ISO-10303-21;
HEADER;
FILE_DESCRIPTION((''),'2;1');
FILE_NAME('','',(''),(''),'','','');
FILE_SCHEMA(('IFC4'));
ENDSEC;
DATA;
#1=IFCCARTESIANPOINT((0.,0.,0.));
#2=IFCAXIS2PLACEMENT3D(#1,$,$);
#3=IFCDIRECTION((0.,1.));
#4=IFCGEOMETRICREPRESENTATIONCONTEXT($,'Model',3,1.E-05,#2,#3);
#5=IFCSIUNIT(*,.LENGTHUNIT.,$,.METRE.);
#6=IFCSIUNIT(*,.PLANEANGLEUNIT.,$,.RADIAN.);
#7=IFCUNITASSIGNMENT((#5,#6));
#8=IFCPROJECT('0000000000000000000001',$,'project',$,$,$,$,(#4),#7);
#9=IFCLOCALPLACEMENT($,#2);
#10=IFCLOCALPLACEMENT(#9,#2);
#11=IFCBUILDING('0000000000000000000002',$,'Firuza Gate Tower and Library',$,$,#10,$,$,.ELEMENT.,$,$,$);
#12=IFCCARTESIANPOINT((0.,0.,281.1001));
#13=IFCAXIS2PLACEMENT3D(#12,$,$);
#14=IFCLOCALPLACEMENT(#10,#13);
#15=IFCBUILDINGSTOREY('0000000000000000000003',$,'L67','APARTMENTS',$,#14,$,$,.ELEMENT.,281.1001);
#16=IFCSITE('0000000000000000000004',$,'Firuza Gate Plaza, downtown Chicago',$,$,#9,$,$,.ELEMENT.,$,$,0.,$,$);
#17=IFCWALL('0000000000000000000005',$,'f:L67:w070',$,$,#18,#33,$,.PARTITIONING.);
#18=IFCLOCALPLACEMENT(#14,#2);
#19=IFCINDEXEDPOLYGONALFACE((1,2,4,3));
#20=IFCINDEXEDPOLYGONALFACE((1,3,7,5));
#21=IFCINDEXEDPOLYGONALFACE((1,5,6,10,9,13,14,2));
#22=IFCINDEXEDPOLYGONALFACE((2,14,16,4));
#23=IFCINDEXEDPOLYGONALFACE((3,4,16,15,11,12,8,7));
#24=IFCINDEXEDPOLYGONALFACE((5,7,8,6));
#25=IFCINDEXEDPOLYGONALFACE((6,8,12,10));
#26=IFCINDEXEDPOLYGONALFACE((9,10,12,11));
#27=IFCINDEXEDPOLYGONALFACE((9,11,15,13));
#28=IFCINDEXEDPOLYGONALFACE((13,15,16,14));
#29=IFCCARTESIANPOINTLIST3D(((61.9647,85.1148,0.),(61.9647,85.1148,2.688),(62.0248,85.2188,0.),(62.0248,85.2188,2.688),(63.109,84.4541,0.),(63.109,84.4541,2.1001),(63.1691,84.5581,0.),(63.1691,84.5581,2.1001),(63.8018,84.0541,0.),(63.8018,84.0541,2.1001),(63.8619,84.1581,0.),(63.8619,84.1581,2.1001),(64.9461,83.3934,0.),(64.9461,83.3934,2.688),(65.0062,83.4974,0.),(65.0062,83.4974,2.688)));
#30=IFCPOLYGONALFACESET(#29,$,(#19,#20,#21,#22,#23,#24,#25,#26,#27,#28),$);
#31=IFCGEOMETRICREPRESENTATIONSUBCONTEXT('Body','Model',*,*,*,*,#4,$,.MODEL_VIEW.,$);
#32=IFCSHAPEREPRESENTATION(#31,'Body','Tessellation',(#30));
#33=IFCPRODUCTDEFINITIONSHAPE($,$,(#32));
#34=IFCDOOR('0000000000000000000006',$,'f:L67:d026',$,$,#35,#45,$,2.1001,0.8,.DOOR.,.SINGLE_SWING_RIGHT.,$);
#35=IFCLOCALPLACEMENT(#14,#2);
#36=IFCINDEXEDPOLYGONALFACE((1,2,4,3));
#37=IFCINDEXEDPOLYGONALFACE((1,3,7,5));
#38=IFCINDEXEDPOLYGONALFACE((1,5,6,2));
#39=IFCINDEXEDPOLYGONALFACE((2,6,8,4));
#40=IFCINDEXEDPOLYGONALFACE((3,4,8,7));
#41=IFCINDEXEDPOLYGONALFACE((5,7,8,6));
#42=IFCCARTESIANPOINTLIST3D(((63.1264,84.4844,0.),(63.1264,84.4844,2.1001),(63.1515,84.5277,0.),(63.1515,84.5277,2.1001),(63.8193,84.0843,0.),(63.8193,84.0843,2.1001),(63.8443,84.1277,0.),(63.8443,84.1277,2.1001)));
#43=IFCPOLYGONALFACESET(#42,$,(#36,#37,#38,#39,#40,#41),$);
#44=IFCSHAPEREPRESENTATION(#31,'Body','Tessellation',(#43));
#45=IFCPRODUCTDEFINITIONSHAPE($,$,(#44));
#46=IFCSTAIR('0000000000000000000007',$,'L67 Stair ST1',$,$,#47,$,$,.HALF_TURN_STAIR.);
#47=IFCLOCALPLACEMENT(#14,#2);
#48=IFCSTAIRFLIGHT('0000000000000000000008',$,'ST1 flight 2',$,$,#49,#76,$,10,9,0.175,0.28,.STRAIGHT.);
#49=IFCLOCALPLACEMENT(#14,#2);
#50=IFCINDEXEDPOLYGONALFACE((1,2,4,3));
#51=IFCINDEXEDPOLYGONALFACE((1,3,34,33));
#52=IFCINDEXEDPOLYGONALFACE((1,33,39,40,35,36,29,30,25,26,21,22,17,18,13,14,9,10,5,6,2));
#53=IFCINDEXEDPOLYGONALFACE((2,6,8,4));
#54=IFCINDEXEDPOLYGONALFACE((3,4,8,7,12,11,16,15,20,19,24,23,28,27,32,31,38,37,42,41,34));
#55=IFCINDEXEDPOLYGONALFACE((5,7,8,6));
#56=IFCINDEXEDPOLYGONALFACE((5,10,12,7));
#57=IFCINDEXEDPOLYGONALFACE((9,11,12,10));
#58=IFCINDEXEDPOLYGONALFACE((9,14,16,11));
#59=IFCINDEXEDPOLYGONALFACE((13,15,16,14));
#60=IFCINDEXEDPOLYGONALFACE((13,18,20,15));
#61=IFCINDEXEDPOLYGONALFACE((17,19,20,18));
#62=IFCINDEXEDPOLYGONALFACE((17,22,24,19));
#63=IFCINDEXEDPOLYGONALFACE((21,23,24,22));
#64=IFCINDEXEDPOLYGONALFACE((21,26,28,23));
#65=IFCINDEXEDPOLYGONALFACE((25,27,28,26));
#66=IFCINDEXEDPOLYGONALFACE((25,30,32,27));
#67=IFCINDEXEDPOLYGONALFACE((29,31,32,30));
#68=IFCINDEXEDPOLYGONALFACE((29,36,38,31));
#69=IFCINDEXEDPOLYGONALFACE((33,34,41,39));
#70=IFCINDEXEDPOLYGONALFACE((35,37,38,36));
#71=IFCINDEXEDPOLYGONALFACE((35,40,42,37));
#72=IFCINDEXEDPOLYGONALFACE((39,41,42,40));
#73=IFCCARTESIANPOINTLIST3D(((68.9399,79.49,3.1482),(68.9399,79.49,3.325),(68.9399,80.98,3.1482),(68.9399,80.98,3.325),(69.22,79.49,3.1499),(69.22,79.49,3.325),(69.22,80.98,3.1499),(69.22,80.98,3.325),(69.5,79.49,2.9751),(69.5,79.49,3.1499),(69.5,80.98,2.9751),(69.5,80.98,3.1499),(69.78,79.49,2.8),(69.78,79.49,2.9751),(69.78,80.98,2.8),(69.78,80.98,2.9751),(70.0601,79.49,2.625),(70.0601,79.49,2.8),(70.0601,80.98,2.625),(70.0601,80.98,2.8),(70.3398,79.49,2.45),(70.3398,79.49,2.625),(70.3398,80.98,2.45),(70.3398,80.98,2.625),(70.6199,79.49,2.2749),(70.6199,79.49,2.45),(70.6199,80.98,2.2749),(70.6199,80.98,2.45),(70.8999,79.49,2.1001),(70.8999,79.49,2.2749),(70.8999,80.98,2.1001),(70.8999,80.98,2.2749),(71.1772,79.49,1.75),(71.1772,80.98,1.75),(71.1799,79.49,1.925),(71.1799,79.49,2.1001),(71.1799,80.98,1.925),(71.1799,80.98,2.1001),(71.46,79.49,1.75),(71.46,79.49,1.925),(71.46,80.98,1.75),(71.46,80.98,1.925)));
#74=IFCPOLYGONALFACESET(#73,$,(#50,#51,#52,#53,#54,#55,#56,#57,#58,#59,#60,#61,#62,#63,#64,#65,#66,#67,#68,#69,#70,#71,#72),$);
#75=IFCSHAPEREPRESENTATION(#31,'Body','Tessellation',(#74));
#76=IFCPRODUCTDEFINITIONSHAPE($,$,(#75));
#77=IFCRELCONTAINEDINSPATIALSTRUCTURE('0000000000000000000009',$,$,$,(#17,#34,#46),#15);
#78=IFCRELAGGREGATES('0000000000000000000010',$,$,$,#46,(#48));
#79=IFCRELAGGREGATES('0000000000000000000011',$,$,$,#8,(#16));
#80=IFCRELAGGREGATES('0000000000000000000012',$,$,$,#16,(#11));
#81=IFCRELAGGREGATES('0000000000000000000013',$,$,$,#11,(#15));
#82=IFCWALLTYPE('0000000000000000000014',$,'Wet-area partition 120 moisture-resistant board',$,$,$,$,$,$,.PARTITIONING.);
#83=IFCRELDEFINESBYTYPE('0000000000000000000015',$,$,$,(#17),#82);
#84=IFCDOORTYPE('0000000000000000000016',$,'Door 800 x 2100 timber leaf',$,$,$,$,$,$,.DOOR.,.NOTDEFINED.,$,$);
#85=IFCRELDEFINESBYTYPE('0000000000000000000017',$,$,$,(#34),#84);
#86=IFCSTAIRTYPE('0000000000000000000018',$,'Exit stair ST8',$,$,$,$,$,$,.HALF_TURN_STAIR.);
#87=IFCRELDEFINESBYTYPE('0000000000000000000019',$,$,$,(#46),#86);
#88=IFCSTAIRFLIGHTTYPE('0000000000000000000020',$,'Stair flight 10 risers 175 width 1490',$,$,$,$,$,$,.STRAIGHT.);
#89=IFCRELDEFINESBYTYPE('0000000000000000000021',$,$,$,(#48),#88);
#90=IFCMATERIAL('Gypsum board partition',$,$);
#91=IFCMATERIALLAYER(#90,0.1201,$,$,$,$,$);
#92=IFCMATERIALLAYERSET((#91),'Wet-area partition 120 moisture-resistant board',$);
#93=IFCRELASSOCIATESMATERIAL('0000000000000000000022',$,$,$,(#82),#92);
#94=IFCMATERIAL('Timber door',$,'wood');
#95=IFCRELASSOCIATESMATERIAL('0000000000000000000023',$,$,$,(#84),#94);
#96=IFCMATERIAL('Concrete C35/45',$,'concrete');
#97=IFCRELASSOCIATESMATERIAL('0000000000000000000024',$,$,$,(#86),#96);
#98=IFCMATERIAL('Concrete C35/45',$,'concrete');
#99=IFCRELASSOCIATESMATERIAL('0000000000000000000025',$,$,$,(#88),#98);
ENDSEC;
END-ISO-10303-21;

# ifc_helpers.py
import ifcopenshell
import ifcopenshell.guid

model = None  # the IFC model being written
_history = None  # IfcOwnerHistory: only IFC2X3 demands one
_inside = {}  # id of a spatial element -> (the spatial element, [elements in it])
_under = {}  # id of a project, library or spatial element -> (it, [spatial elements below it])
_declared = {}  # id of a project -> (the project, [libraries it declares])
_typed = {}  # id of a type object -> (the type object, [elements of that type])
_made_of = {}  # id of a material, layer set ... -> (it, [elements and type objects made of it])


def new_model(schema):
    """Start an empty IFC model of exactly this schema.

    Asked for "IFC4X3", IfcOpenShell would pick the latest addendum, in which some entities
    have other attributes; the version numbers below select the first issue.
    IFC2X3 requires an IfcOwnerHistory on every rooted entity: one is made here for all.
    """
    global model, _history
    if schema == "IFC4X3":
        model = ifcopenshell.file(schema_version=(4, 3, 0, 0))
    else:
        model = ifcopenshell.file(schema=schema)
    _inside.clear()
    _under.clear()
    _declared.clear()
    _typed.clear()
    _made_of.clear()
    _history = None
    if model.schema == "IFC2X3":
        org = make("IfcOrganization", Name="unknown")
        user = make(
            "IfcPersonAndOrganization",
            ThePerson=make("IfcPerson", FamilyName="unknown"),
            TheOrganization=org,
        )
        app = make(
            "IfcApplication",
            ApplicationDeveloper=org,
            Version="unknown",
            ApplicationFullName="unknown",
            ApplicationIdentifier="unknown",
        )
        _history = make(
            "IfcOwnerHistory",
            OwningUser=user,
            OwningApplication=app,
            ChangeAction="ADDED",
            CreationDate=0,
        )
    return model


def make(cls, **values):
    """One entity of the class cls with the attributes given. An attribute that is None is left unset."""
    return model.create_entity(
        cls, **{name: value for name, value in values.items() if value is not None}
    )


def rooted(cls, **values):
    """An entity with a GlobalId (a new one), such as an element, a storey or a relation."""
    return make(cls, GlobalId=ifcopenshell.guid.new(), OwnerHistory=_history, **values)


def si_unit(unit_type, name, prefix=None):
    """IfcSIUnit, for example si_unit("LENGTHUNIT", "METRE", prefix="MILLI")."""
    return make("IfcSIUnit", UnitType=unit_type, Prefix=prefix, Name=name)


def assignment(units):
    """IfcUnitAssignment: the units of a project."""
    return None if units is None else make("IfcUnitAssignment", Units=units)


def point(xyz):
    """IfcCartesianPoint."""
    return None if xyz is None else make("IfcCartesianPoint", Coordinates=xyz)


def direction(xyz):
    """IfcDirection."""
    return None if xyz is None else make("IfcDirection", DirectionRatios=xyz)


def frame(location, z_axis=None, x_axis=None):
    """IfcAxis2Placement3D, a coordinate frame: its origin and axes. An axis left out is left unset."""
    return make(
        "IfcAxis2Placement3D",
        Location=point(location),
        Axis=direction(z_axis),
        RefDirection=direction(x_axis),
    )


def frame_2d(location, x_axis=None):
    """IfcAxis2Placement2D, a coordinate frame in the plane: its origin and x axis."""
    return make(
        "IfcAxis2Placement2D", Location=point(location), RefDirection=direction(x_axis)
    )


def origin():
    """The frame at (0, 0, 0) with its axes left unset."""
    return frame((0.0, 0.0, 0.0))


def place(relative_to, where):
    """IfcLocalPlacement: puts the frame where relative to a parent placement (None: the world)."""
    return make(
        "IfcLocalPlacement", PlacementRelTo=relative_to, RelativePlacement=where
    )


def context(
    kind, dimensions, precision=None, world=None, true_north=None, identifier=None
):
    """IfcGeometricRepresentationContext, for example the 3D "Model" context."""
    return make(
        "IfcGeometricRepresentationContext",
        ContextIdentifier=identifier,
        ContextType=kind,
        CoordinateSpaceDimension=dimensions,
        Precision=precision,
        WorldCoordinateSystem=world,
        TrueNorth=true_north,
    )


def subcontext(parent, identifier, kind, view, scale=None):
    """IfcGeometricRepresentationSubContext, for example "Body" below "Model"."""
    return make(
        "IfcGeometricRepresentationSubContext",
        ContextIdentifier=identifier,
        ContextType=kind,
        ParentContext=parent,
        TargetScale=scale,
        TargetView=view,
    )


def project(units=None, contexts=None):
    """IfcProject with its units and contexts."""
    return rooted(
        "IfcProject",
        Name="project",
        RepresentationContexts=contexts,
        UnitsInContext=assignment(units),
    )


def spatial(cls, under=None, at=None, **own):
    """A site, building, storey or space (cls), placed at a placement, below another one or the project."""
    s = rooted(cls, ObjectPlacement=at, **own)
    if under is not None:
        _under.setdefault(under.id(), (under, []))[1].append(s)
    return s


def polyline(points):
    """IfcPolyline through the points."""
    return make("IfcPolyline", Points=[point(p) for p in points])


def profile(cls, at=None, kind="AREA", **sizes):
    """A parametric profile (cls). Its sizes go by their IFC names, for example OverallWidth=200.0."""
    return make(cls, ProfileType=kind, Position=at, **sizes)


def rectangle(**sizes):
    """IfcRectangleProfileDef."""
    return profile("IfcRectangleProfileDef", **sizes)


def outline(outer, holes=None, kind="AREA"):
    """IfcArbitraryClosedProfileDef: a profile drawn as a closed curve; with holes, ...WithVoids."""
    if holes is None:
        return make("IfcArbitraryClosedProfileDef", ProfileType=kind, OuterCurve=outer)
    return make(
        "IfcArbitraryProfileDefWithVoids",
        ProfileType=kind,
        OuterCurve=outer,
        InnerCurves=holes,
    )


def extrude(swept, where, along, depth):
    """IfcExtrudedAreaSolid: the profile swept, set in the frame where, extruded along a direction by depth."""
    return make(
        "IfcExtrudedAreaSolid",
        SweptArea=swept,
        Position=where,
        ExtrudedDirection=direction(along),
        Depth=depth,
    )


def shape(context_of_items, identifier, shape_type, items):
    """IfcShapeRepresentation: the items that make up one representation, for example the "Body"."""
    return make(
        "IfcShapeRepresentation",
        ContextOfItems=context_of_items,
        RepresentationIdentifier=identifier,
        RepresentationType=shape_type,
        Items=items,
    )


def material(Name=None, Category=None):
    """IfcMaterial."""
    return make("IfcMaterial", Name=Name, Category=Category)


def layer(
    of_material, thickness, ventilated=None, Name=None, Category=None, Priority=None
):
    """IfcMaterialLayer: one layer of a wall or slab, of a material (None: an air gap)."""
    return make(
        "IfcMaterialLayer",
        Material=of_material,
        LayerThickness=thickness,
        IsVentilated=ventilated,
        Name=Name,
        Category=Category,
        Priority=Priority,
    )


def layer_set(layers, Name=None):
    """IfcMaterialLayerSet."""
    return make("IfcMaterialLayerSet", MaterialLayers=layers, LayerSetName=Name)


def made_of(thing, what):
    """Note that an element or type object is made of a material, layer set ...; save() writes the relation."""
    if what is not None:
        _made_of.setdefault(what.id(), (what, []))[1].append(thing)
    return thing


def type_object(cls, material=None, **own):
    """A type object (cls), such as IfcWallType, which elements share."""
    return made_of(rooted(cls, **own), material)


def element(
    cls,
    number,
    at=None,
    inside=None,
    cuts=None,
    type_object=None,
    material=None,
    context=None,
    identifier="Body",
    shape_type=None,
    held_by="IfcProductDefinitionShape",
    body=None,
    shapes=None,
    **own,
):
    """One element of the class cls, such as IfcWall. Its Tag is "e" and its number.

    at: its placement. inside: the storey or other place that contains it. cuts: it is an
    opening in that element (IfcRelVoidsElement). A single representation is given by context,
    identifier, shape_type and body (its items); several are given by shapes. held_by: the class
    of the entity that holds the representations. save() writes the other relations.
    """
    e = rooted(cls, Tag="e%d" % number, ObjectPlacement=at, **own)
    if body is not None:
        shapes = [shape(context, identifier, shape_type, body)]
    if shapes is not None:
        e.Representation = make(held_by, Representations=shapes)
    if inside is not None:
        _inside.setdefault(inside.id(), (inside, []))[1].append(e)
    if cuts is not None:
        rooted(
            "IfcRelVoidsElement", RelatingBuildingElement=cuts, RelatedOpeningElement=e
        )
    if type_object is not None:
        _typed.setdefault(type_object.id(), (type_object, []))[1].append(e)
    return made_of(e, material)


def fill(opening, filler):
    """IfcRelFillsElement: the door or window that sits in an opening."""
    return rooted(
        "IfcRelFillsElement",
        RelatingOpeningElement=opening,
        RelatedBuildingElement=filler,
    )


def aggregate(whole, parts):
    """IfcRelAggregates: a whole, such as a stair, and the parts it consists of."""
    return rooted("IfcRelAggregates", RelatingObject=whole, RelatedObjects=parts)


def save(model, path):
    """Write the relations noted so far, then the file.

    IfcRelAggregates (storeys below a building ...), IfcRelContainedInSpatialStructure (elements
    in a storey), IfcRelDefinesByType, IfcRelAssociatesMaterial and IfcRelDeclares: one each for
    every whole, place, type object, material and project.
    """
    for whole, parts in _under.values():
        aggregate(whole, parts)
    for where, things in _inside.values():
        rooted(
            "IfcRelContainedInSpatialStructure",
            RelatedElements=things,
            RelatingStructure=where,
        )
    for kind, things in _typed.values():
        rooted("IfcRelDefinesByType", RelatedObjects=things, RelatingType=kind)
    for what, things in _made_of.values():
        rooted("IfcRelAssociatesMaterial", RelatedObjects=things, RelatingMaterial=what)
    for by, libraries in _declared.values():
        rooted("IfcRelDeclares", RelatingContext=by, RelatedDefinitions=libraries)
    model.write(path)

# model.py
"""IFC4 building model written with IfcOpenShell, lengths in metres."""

from ifc_helpers import new_model, si_unit, direction, frame, frame_2d, origin, place, context, subcontext, project, spatial, polyline, rectangle, outline, extrude, material, layer, layer_set, type_object, element, fill, aggregate, save


model = new_model("IFC4")

# Units and contexts
model_context = context("Model", 3, precision=1e-05, world=origin(), true_north=direction((0.0, 1.0)))
body_context = subcontext(model_context, "Body", "Model", "MODEL_VIEW")
ifc_project = project(units=[si_unit("LENGTHUNIT", "METRE"), si_unit("PLANEANGLEUNIT", "RADIAN")], contexts=[model_context])

# Site, building, storey
site_placement = place(None, origin())
site = spatial("IfcSite", under=ifc_project, at=site_placement, Name="Firuza Gate Plaza, downtown Chicago", CompositionType="ELEMENT", RefElevation=0.0)
building_placement = place(site_placement, origin())
building = spatial("IfcBuilding", under=site, at=building_placement, Name="Firuza Gate Tower and Library", CompositionType="ELEMENT")
storey_placement = place(building_placement, frame((0.0, 0.0, 281.1001)))
storey = spatial("IfcBuildingStorey", under=building, at=storey_placement, Name="L67", Description="APARTMENTS", CompositionType="ELEMENT", Elevation=281.1001)

# Shared definitions
placement = place(storey_placement, origin())

# Shared definitions
ifc_material_1 = material(Name="Gypsum board partition")
ifc_layer_1 = layer(ifc_material_1, 0.1201)
ifc_layer_set_1 = layer_set([ifc_layer_1], Name="Wet-area partition 120 moisture-resistant board")
wall_type_1 = type_object("IfcWallType", Name="Wet-area partition 120 moisture-resistant board", PredefinedType="PARTITIONING", material=ifc_layer_set_1)

# Wall, opening, door
wall_1_placement = place(storey_placement, frame((61.9949, 85.1667, 0.0), z_axis=(0.0, 0.0, 1.0), x_axis=(0.866013, -0.500021, 0.0)))
wall_1 = element("IfcWall", 1, at=wall_1_placement, inside=storey, type_object=wall_type_1, Name="f:L67:w070", PredefinedType="PARTITIONING", context=body_context, shape_type="SweptSolid", body=[
    extrude(rectangle(XDim=3.4426, YDim=0.1201, at=frame_2d((1.7212, 0.0))), origin(), (0.0, 0.0, 1.0), 2.688),
])
opening_1_placement = place(wall_1_placement, frame((1.3213, 0.0, 0.0)))
opening_1 = element("IfcOpeningElement", 2, at=opening_1_placement, cuts=wall_1, PredefinedType="OPENING", context=body_context, shape_type="SweptSolid", body=[
    extrude(rectangle(XDim=0.8, YDim=2.1001, at=frame_2d((0.3999, 1.05))), frame((0.0, 0.0701, 0.0), z_axis=(0.0, -1.0, 0.0), x_axis=(1.0, 0.0, 0.0)), (0.0, 0.0, 1.0), 0.1401),
])
ifc_material_2 = material(Name="Timber door", Category="wood")
door_type_1 = type_object("IfcDoorType", Name="Door 800 x 2100 timber leaf", OperationType="NOTDEFINED", PredefinedType="DOOR", material=ifc_material_2)
door_1_placement = place(opening_1_placement, origin())
door_1 = element("IfcDoor", 3, at=door_1_placement, inside=storey, type_object=door_type_1, Name="f:L67:d026", OperationType="SINGLE_SWING_RIGHT", OverallHeight=2.1001, OverallWidth=0.8, PredefinedType="DOOR", context=body_context, shape_type="SweptSolid", body=[
    extrude(rectangle(XDim=0.8, YDim=2.1001, at=frame_2d((0.3999, 1.05))), frame((0.0, 0.0249, 0.0), z_axis=(0.0, -1.0, 0.0), x_axis=(1.0, 0.0, 0.0)), (0.0, 0.0, 1.0), 0.05),
])
fill(opening_1, door_1)

# Stair, stair flight
ifc_material_3 = material(Name="Concrete C35/45", Category="concrete")
stair_type = type_object("IfcStairType", Name="Exit stair ST8", PredefinedType="HALF_TURN_STAIR", material=ifc_material_3)
stair = element("IfcStair", 4, at=placement, inside=storey, type_object=stair_type, Name="L67 Stair ST1", PredefinedType="HALF_TURN_STAIR")
ifc_material_4 = material(Name="Concrete C35/45", Category="concrete")
stair_flight_type = type_object("IfcStairFlightType", Name="Stair flight 10 risers 175 width 1490", PredefinedType="STRAIGHT", material=ifc_material_4)
stair_flight_placement = place(storey_placement, frame((71.46, 80.2351, 1.75), z_axis=(0.0, 0.0, 1.0), x_axis=(-1.0, 0.0, 0.0)))
stair_flight = element("IfcStairFlight", 5, at=stair_flight_placement, type_object=stair_flight_type, Name="ST1 flight 2", NumberOfRisers=10, NumberOfTreads=9, PredefinedType="STRAIGHT", RiserHeight=0.175, TreadLength=0.28, context=body_context, shape_type="SweptSolid", body=[
    extrude(outline(polyline([(0.0, 0.0), (0.0, 0.175), (0.28, 0.175), (0.28, 0.3501), (0.5601, 0.3501), (0.5601, 0.5249), (0.8401, 0.5249), (0.8401, 0.7), (1.1201, 0.7), (1.1201, 0.875), (1.3999, 0.875), (1.3999, 1.05), (1.6799, 1.05), (1.6799, 1.2251), (1.96, 1.2251), (1.96, 1.3999), (2.24, 1.3999), (2.24, 1.575), (2.52, 1.575), (2.52, 1.75), (2.52, 1.3982), (0.2827, 0.0), (0.0, 0.0)])), frame((0.0, 0.7451, 0.0), z_axis=(0.0, -1.0, 0.0), x_axis=(1.0, 0.0, 0.0)), (0.0, 0.0, 1.0), 1.49),
])
aggregate(stair, [stair_flight])

save(model, "model.ifc")
